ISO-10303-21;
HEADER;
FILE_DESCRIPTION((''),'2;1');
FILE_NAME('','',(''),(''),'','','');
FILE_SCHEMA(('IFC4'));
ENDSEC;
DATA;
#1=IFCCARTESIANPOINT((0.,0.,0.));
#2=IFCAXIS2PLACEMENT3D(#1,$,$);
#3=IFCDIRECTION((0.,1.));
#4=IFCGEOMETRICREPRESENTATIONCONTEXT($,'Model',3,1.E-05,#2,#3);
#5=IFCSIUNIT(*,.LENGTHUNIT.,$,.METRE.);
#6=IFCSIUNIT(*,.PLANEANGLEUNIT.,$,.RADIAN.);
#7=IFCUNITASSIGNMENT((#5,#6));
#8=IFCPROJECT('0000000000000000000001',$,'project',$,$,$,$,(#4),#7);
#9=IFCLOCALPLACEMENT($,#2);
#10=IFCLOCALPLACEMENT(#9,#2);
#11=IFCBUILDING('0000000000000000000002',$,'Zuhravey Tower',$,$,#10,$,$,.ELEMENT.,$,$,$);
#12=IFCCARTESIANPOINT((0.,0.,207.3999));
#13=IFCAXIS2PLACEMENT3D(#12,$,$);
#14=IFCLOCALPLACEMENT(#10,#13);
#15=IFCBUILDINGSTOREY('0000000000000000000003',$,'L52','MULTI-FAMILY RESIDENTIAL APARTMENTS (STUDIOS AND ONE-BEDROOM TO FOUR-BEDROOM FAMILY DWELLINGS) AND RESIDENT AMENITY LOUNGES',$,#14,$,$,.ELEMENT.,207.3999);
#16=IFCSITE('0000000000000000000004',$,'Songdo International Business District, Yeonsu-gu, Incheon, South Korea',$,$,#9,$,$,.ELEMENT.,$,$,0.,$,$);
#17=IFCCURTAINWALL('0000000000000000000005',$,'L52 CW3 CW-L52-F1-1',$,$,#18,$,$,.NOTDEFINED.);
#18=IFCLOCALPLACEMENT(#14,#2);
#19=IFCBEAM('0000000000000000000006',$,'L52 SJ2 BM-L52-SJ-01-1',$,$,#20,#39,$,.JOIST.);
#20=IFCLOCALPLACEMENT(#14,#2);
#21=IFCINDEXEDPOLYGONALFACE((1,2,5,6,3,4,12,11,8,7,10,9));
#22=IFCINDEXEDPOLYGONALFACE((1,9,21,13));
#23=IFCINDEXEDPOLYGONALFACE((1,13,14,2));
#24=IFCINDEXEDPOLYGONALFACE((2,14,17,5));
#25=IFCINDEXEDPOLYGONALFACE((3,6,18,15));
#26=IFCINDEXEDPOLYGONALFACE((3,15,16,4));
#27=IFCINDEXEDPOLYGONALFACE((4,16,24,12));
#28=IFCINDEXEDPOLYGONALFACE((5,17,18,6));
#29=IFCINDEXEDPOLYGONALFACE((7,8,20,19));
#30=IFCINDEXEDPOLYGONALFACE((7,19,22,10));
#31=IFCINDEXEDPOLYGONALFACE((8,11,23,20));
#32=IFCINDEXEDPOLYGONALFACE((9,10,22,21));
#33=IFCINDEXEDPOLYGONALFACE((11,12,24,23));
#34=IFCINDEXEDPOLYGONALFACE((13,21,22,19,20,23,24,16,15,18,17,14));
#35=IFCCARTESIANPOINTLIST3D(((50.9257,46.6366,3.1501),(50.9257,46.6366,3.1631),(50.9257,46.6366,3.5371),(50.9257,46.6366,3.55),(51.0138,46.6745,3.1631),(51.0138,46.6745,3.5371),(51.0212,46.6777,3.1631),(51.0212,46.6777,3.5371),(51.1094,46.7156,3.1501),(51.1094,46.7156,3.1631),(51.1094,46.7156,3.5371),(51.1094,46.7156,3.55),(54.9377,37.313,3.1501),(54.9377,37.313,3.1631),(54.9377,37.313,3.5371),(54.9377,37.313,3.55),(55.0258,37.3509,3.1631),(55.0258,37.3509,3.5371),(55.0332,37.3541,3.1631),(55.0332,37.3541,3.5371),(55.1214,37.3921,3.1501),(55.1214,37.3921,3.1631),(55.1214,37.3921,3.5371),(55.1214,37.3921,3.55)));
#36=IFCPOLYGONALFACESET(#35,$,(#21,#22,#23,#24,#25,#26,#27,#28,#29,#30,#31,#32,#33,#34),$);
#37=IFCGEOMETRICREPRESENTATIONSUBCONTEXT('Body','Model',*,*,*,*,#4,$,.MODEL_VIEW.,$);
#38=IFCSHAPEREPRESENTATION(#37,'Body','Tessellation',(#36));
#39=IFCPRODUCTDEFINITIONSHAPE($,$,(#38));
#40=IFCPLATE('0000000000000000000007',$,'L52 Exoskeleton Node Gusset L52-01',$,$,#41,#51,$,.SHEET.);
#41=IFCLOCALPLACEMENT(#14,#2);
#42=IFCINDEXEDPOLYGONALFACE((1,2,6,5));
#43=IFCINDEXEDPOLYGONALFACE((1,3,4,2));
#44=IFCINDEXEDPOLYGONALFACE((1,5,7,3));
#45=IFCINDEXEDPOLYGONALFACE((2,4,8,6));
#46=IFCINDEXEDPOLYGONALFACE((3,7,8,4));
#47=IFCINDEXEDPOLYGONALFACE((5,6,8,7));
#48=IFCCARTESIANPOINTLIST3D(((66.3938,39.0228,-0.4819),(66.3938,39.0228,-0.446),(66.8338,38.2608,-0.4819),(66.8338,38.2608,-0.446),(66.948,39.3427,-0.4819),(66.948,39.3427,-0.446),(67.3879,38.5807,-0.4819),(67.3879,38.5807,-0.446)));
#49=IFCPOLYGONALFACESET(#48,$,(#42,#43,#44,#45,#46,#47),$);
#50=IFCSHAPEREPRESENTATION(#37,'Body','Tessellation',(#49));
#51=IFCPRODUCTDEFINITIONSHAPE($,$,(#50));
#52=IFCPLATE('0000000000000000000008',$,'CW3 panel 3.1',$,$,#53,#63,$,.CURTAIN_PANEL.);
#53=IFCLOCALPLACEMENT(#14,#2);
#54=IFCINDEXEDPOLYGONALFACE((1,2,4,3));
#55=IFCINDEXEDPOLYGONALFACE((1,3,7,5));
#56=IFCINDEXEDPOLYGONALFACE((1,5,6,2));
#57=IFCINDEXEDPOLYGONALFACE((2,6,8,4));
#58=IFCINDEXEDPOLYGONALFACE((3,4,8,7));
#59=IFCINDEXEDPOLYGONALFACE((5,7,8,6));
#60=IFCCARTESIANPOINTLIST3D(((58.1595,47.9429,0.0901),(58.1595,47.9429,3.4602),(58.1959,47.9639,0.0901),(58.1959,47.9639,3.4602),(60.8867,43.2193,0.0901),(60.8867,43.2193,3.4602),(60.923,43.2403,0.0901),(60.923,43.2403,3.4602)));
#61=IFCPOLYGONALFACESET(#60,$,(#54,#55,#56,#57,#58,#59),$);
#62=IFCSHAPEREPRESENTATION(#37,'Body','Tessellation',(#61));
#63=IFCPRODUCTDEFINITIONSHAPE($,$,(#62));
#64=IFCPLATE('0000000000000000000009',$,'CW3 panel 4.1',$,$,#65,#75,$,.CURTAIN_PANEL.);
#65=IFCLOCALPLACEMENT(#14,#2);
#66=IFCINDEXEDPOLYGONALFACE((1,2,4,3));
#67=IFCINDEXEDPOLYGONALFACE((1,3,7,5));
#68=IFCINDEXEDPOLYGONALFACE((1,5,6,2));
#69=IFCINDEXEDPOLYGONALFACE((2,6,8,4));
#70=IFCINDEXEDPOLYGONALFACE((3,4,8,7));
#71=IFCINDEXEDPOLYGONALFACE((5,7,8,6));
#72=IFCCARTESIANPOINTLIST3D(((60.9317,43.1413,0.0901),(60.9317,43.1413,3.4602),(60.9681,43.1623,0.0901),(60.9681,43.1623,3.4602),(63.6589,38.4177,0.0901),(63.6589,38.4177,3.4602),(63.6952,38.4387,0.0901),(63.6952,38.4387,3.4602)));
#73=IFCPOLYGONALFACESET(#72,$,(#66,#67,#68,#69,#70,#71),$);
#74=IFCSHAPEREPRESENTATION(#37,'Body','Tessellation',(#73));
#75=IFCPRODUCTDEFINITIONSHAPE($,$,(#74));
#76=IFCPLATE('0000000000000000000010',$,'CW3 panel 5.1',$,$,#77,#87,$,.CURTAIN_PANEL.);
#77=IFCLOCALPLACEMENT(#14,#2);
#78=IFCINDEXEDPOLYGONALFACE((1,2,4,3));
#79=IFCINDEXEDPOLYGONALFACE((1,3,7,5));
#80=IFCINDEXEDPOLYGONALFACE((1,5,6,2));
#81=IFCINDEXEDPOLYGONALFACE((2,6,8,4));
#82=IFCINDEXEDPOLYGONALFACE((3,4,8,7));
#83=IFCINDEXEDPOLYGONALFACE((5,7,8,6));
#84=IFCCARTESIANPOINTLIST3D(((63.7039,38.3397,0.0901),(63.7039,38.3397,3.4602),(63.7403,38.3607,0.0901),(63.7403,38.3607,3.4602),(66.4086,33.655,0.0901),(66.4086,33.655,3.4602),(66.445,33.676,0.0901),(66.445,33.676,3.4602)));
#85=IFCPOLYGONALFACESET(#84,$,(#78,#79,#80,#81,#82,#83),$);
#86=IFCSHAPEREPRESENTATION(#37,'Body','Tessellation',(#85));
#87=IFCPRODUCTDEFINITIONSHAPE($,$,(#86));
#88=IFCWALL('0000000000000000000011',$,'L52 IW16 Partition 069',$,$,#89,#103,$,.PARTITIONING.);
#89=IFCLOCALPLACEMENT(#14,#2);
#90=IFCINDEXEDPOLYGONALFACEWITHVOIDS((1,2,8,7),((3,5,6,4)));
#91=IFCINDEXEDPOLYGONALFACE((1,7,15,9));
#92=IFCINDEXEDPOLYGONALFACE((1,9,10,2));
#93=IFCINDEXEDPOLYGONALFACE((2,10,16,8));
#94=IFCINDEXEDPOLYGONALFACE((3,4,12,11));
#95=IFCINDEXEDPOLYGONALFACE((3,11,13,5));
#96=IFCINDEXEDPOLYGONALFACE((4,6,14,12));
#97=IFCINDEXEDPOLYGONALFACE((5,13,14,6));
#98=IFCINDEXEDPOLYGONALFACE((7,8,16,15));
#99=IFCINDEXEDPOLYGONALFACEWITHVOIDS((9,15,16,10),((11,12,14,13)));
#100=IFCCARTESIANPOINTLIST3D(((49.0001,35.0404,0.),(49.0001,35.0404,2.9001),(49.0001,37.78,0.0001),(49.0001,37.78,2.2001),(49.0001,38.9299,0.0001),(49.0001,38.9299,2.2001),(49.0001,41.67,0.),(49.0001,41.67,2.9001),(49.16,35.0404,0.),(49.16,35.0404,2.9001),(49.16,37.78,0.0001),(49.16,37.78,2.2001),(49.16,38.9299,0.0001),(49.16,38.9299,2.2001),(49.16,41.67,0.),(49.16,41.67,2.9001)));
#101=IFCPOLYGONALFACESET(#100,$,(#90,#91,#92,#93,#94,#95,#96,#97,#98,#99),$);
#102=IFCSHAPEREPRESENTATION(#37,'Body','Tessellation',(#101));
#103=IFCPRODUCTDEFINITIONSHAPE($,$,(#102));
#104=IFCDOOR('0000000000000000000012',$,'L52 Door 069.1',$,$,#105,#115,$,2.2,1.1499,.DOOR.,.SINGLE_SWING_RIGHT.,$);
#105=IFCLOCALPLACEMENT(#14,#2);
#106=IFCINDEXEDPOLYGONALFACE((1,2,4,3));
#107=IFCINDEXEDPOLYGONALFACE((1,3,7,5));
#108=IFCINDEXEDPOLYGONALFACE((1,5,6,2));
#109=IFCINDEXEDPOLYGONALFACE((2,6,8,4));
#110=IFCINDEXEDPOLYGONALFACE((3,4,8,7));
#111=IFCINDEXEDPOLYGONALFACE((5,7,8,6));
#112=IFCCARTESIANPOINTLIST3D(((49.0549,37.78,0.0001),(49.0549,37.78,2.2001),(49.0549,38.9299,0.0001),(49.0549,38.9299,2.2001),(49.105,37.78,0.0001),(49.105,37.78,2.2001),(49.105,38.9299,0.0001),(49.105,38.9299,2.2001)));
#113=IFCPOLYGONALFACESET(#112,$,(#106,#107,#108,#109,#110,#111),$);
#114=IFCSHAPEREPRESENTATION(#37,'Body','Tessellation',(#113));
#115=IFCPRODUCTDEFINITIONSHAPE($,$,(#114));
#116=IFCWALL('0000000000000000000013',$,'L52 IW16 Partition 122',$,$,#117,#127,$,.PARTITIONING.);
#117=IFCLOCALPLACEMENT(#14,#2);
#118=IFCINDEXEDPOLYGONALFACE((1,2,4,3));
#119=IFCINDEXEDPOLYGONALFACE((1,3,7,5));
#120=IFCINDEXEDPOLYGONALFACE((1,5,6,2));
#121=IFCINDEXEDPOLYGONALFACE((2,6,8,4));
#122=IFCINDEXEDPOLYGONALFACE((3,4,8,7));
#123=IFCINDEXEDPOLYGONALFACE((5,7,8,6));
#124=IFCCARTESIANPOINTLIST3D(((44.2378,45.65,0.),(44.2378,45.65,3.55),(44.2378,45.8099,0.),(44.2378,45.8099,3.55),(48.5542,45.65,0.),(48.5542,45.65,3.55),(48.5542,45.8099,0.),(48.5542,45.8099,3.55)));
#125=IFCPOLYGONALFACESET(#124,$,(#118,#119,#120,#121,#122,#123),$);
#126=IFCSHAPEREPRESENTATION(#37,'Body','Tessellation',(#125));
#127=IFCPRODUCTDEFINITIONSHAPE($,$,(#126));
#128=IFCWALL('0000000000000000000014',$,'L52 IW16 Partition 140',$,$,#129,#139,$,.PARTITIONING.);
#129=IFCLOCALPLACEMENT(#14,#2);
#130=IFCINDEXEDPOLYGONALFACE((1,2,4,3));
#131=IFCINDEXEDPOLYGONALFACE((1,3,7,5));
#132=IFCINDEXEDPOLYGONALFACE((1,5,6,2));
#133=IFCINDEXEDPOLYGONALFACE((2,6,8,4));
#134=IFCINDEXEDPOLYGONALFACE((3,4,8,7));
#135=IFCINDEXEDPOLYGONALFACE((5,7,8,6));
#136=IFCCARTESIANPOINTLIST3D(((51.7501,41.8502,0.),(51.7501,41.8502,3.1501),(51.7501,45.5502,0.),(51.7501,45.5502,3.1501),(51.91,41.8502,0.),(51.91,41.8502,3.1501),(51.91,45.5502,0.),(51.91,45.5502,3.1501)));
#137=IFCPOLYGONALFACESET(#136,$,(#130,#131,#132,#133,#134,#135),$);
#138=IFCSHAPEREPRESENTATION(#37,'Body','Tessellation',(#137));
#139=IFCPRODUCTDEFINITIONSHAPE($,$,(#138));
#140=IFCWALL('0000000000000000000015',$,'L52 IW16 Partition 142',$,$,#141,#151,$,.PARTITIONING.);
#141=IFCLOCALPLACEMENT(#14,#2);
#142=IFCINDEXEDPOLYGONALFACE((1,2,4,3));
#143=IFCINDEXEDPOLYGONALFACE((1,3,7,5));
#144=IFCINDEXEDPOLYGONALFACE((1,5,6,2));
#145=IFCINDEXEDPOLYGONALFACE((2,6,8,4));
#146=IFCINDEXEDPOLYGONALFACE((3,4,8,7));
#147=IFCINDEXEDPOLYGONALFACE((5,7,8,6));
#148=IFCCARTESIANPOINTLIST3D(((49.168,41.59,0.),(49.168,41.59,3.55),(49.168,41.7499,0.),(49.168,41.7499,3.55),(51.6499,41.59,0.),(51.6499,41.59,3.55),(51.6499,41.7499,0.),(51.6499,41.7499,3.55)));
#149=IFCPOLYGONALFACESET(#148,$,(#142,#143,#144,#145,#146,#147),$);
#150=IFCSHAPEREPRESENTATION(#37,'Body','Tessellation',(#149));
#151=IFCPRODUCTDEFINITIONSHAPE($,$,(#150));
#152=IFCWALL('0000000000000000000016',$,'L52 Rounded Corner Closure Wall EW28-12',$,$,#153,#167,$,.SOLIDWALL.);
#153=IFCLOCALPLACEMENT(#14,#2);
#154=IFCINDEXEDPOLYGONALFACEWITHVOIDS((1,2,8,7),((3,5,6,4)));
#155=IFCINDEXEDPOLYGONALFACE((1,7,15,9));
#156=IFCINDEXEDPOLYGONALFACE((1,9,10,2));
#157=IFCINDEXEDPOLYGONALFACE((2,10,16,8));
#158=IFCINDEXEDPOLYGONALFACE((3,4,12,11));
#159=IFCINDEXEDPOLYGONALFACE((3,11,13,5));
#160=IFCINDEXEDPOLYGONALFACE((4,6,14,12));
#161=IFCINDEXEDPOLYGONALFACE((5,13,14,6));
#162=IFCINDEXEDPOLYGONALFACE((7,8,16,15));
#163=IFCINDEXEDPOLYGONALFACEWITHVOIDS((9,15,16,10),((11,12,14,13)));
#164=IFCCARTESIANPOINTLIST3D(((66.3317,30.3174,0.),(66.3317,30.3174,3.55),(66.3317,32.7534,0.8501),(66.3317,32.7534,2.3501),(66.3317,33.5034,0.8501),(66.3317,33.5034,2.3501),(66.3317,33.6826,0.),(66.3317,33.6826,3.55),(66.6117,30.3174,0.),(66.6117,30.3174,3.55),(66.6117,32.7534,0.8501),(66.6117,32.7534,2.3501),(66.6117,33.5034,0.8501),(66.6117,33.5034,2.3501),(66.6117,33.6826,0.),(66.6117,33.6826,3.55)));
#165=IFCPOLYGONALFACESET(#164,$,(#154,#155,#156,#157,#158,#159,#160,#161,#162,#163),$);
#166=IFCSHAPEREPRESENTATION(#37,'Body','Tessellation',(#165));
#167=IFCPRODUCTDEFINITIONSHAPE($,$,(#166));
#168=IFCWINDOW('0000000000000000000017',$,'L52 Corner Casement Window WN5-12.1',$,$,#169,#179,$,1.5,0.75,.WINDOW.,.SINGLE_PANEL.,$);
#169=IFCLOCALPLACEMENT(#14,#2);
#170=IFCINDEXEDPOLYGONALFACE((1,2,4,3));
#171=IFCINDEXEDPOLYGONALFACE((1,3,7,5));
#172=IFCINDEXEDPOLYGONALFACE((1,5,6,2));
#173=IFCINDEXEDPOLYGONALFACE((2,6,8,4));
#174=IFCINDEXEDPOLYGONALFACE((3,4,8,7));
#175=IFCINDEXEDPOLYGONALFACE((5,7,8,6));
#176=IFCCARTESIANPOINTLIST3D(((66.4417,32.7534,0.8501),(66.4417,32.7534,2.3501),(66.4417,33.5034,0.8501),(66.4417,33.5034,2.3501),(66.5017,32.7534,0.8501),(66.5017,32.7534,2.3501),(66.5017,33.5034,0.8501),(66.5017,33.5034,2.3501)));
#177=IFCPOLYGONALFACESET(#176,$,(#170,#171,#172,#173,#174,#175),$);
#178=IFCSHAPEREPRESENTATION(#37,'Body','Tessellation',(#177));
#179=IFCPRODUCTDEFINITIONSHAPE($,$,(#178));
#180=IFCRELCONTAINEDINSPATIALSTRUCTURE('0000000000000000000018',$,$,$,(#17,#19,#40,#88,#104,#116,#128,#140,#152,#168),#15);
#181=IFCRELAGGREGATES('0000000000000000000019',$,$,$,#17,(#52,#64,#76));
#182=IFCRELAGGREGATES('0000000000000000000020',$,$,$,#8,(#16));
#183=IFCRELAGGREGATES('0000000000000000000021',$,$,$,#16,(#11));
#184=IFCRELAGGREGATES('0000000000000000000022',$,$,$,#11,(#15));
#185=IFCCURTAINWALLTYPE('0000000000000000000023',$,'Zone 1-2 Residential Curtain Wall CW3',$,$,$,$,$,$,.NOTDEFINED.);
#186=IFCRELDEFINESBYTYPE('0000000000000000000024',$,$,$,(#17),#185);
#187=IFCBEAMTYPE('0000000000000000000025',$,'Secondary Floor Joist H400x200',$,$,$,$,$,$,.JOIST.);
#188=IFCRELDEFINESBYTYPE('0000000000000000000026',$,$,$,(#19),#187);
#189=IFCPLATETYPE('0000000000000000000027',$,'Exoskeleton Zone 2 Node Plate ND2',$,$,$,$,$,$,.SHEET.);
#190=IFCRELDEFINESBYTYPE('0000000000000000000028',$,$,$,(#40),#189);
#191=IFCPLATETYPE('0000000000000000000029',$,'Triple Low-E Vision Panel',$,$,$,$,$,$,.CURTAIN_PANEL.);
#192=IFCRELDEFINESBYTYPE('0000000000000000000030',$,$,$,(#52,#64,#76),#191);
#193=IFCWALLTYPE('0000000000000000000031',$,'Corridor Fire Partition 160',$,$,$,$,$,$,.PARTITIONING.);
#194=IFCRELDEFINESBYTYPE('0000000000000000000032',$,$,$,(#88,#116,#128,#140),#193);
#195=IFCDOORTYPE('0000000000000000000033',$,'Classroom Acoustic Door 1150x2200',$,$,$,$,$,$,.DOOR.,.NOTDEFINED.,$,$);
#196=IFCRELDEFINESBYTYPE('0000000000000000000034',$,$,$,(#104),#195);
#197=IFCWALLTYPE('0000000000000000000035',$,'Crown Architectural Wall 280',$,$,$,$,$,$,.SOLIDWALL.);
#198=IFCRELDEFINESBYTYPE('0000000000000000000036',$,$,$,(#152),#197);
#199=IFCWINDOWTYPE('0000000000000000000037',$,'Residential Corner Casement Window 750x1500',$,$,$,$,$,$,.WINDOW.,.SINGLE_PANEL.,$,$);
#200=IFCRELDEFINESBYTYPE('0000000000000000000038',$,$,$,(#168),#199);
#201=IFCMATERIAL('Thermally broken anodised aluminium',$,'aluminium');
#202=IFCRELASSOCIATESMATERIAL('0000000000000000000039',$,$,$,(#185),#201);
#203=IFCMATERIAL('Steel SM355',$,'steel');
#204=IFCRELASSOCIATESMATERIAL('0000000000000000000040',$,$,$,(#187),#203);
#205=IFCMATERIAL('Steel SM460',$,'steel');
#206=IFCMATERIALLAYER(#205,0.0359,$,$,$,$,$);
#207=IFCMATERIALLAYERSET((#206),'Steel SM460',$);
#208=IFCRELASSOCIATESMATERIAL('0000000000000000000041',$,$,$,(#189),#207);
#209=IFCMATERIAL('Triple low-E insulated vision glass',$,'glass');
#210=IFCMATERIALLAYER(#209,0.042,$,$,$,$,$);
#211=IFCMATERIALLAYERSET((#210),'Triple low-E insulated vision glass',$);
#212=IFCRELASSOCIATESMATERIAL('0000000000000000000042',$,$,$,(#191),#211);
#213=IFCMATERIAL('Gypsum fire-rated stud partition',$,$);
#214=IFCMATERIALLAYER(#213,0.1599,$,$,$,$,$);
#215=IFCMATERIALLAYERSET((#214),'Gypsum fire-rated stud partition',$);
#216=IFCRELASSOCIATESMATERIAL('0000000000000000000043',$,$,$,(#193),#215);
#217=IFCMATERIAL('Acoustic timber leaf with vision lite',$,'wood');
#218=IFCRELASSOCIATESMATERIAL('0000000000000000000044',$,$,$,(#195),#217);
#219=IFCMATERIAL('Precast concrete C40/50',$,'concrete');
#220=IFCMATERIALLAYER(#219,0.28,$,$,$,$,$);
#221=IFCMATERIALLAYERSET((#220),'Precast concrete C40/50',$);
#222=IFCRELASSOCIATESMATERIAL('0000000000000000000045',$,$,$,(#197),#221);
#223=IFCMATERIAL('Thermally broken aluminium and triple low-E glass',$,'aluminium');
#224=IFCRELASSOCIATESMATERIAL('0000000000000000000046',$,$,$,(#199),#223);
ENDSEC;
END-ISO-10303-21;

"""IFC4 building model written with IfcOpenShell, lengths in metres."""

from ifc_helpers import new_model, si_unit, direction, frame, frame_2d, origin, origin_2d, place, context, subcontext, project, spatial, rectangle, i_section, extrude, material, layer, layer_set, material_profile, profile_set, type_object, element, fill, aggregate, save


model = new_model("IFC4")

# Units and contexts
model_context = context("Model", 3, precision=1e-05, world=origin(), true_north=direction((0.0, 1.0)))
body_context = subcontext(model_context, "Body", "Model", "MODEL_VIEW")
ifc_project = project(units=[si_unit("LENGTHUNIT", "METRE"), si_unit("PLANEANGLEUNIT", "RADIAN")], contexts=[model_context])

# Site, building, storey
site_placement = place(None, origin())
site = spatial("IfcSite", under=ifc_project, at=site_placement, Name="Songdo International Business District, Yeonsu-gu, Incheon, South Korea", CompositionType="ELEMENT", RefElevation=0.0)
building_placement = place(site_placement, origin())
building = spatial("IfcBuilding", under=site, at=building_placement, Name="Zuhravey Tower", CompositionType="ELEMENT")
storey_placement = place(building_placement, frame((0.0, 0.0, 207.3999)))
storey = spatial("IfcBuildingStorey", under=building, at=storey_placement, Name="L52", Description="MULTI-FAMILY RESIDENTIAL APARTMENTS (STUDIOS AND ONE-BEDROOM TO FOUR-BEDROOM FAMILY DWELLINGS) AND RESIDENT AMENITY LOUNGES", CompositionType="ELEMENT", Elevation=207.3999)

# Curtain wall
ifc_material_1 = material(Name="Thermally broken anodised aluminium", Category="aluminium")
curtain_wall_type = type_object("IfcCurtainWallType", Name="Zone 1-2 Residential Curtain Wall CW3", PredefinedType="NOTDEFINED", material=ifc_material_1)
curtain_wall_placement = place(storey_placement, origin())
curtain_wall = element("IfcCurtainWall", 1, at=curtain_wall_placement, inside=storey, type_object=curtain_wall_type, Name="L52 CW3 CW-L52-F1-1", PredefinedType="NOTDEFINED")

# Shared definitions
ifc_material_2 = material(Name="Steel SM355", Category="steel")
ifc_material_3 = material(Name="Steel SM460", Category="steel")

# Beam
ifc_material_profile_1 = material_profile(ifc_material_2, i_section(OverallWidth=0.2, OverallDepth=0.3999, WebThickness=0.0081, FlangeThickness=0.0129, at=origin_2d()), Name="H-400x200x8x13")
ifc_profile_set_1 = profile_set([ifc_material_profile_1], Name="Steel SM355")
beam_type_1 = type_object("IfcBeamType", Name="Secondary Floor Joist H400x200", PredefinedType="JOIST", material=ifc_profile_set_1)
beam_1_placement = place(storey_placement, frame((55.0295, 37.3525, 3.3501), z_axis=(-0.395266, 0.918567, 0.0), x_axis=(-0.918567, -0.395266, 0.0)))
element("IfcBeam", 2, at=beam_1_placement, inside=storey, type_object=beam_type_1, Name="L52 SJ2 BM-L52-SJ-01-1", PredefinedType="JOIST", context=body_context, shape_type="SweptSolid", body=[
    extrude(i_section(OverallWidth=0.2, OverallDepth=0.3999, WebThickness=0.0081, FlangeThickness=0.0129, at=origin_2d()), origin(), (0.0, 0.0, 1.0), 10.1501),
])

# Plates
ifc_layer_1 = layer(ifc_material_3, 0.0359)
ifc_layer_set_1 = layer_set([ifc_layer_1], Name="Steel SM460")
plate_type_1 = type_object("IfcPlateType", Name="Exoskeleton Zone 2 Node Plate ND2", PredefinedType="SHEET", material=ifc_layer_set_1)
plate_1_placement = place(storey_placement, frame((66.8909, 38.8018, -0.4819), z_axis=(0.0, 0.0, 1.0), x_axis=(-0.5, 0.866025, 0.0)))
element("IfcPlate", 3, at=plate_1_placement, inside=storey, type_object=plate_type_1, Name="L52 Exoskeleton Node Gusset L52-01", PredefinedType="SHEET", context=body_context, shape_type="SweptSolid", body=[
    extrude(rectangle(XDim=0.8799, YDim=0.6399, at=origin_2d()), origin(), (0.0, 0.0, 1.0), 0.0359),
])
ifc_material_4 = material(Name="Triple low-E insulated vision glass", Category="glass")
ifc_layer_2 = layer(ifc_material_4, 0.042)
ifc_layer_set_2 = layer_set([ifc_layer_2], Name="Triple low-E insulated vision glass")
plate_type_2 = type_object("IfcPlateType", Name="Triple Low-E Vision Panel", PredefinedType="CURTAIN_PANEL", material=ifc_layer_set_2)
plate_2_placement = place(storey_placement, frame((59.5413, 45.5916, 0.0901), z_axis=(0.0, 0.0, 1.0), x_axis=(0.5, -0.866025, 0.0)))
plate_2 = element("IfcPlate", 4, at=plate_2_placement, type_object=plate_type_2, Name="CW3 panel 3.1", PredefinedType="CURTAIN_PANEL", context=body_context, shape_type="SweptSolid", body=[
    extrude(rectangle(XDim=5.4543, YDim=0.042, at=origin_2d()), origin(), (0.0, 0.0, 1.0), 3.3701),
])
plate_3_placement = place(storey_placement, frame((62.3135, 40.79, 0.0901), z_axis=(0.0, 0.0, 1.0), x_axis=(0.5, -0.866025, 0.0)))
plate_3 = element("IfcPlate", 5, at=plate_3_placement, type_object=plate_type_2, Name="CW3 panel 4.1", PredefinedType="CURTAIN_PANEL", context=body_context, shape_type="SweptSolid", body=[
    extrude(rectangle(XDim=5.4543, YDim=0.042, at=origin_2d()), origin(), (0.0, 0.0, 1.0), 3.3701),
])
plate_4_placement = place(storey_placement, frame((65.0745, 36.0078, 0.0901), z_axis=(0.0, 0.0, 1.0), x_axis=(0.5, -0.866025, 0.0)))
plate_4 = element("IfcPlate", 6, at=plate_4_placement, type_object=plate_type_2, Name="CW3 panel 5.1", PredefinedType="CURTAIN_PANEL", context=body_context, shape_type="SweptSolid", body=[
    extrude(rectangle(XDim=5.4094, YDim=0.042, at=origin_2d()), origin(), (0.0, 0.0, 1.0), 3.3701),
])
aggregate(curtain_wall, [plate_2, plate_3, plate_4])

# Wall, opening, door
ifc_material_5 = material(Name="Gypsum fire-rated stud partition")
ifc_layer_3 = layer(ifc_material_5, 0.1599)
ifc_layer_set_3 = layer_set([ifc_layer_3], Name="Gypsum fire-rated stud partition")
wall_type_1 = type_object("IfcWallType", Name="Corridor Fire Partition 160", PredefinedType="PARTITIONING", material=ifc_layer_set_3)
wall_1_placement = place(storey_placement, frame((49.0801, 35.0403, 0.0), z_axis=(0.0, 0.0, 1.0), x_axis=(0.0, 1.0, 0.0)))
wall_1 = element("IfcWall", 7, at=wall_1_placement, inside=storey, type_object=wall_type_1, Name="L52 IW16 Partition 069", PredefinedType="PARTITIONING", context=body_context, shape_type="SweptSolid", body=[
    extrude(rectangle(XDim=6.6296, YDim=0.1599, at=frame_2d((3.3149, 0.0))), origin(), (0.0, 0.0, 1.0), 2.9001),
])
opening_1_placement = place(wall_1_placement, frame((2.7397, 0.0, 0.0)))
opening_1 = element("IfcOpeningElement", 8, at=opening_1_placement, cuts=wall_1, PredefinedType="OPENING", context=body_context, shape_type="SweptSolid", body=[
    extrude(rectangle(XDim=1.1499, YDim=2.2, at=frame_2d((0.575, 1.1001))), frame((0.0, 0.092, 0.0), z_axis=(0.0, -1.0, 0.0), x_axis=(1.0, 0.0, 0.0)), (0.0, 0.0, 1.0), 0.1838),
])
ifc_material_6 = material(Name="Acoustic timber leaf with vision lite", Category="wood")
door_type = type_object("IfcDoorType", Name="Classroom Acoustic Door 1150x2200", OperationType="NOTDEFINED", PredefinedType="DOOR", material=ifc_material_6)
door_placement = place(opening_1_placement, frame((1.1499, 0.0, 0.0), z_axis=(0.0, 0.0, 1.0), x_axis=(-1.0, 0.0, 0.0)))
door = element("IfcDoor", 9, at=door_placement, inside=storey, type_object=door_type, Name="L52 Door 069.1", OperationType="SINGLE_SWING_RIGHT", OverallHeight=2.2, OverallWidth=1.1499, PredefinedType="DOOR", context=body_context, shape_type="SweptSolid", body=[
    extrude(rectangle(XDim=1.1499, YDim=2.2, at=frame_2d((0.575, 1.1001))), frame((0.0, 0.0249, 0.0), z_axis=(0.0, -1.0, 0.0), x_axis=(1.0, 0.0, 0.0)), (0.0, 0.0, 1.0), 0.05),
])
fill(opening_1, door)

# Walls
wall_2_placement = place(storey_placement, frame((48.5542, 45.73, 0.0), z_axis=(0.0, 0.0, 1.0), x_axis=(-1.0, 0.0, 0.0)))
element("IfcWall", 10, at=wall_2_placement, inside=storey, type_object=wall_type_1, Name="L52 IW16 Partition 122", PredefinedType="PARTITIONING", context=body_context, shape_type="SweptSolid", body=[
    extrude(rectangle(XDim=4.3164, YDim=0.1599, at=frame_2d((2.1582, 0.0))), origin(), (0.0, 0.0, 1.0), 3.55),
])
wall_3_placement = place(storey_placement, frame((51.8301, 41.8501, 0.0), z_axis=(0.0, 0.0, 1.0), x_axis=(0.0, 1.0, 0.0)))
element("IfcWall", 11, at=wall_3_placement, inside=storey, type_object=wall_type_1, Name="L52 IW16 Partition 140", PredefinedType="PARTITIONING", context=body_context, shape_type="SweptSolid", body=[
    extrude(rectangle(XDim=3.7, YDim=0.1599, at=frame_2d((1.8501, 0.0))), origin(), (0.0, 0.0, 1.0), 3.1501),
])
wall_4_placement = place(storey_placement, frame((49.168, 41.6699, 0.0), z_axis=(0.0, 0.0, 1.0), x_axis=(1.0, 0.0, 0.0)))
element("IfcWall", 12, at=wall_4_placement, inside=storey, type_object=wall_type_1, Name="L52 IW16 Partition 142", PredefinedType="PARTITIONING", context=body_context, shape_type="SweptSolid", body=[
    extrude(rectangle(XDim=2.4819, YDim=0.1599, at=frame_2d((1.241, 0.0))), origin(), (0.0, 0.0, 1.0), 3.55),
])

# Wall, opening, window
ifc_material_7 = material(Name="Precast concrete C40/50", Category="concrete")
ifc_layer_4 = layer(ifc_material_7, 0.28)
ifc_layer_set_4 = layer_set([ifc_layer_4], Name="Precast concrete C40/50")
wall_type_2 = type_object("IfcWallType", Name="Crown Architectural Wall 280", PredefinedType="SOLIDWALL", material=ifc_layer_set_4)
wall_5_placement = place(storey_placement, frame((66.4717, 33.6826, 0.0), z_axis=(0.0, 0.0, 1.0), x_axis=(0.0, -1.0, 0.0)))
wall_5 = element("IfcWall", 13, at=wall_5_placement, inside=storey, type_object=wall_type_2, Name="L52 Rounded Corner Closure Wall EW28-12", PredefinedType="SOLIDWALL", context=body_context, shape_type="SweptSolid", body=[
    extrude(rectangle(XDim=3.3652, YDim=0.28, at=frame_2d((1.6826, 0.0))), origin(), (0.0, 0.0, 1.0), 3.55),
])
opening_2_placement = place(wall_5_placement, frame((0.1792, 0.0, 0.8501)))
opening_2 = element("IfcOpeningElement", 14, at=opening_2_placement, cuts=wall_5, PredefinedType="OPENING", context=body_context, shape_type="SweptSolid", body=[
    extrude(rectangle(XDim=0.75, YDim=1.5, at=frame_2d((0.375, 0.75))), frame((0.0, 0.1521, 0.0), z_axis=(0.0, -1.0, 0.0), x_axis=(1.0, 0.0, 0.0)), (0.0, 0.0, 1.0), 0.304),
])
ifc_material_8 = material(Name="Thermally broken aluminium and triple low-E glass", Category="aluminium")
window_type = type_object("IfcWindowType", Name="Residential Corner Casement Window 750x1500", PartitioningType="SINGLE_PANEL", PredefinedType="WINDOW", material=ifc_material_8)
window_placement = place(opening_2_placement, origin())
window = element("IfcWindow", 15, at=window_placement, inside=storey, type_object=window_type, Name="L52 Corner Casement Window WN5-12.1", OverallHeight=1.5, OverallWidth=0.75, PartitioningType="SINGLE_PANEL", PredefinedType="WINDOW", context=body_context, shape_type="SweptSolid", body=[
    extrude(rectangle(XDim=0.75, YDim=1.5, at=frame_2d((0.375, 0.75))), frame((0.0, 0.03, 0.0), z_axis=(0.0, -1.0, 0.0), x_axis=(1.0, 0.0, 0.0)), (0.0, 0.0, 1.0), 0.0601),
])
fill(opening_2, window)

save(model, "model.ifc")
